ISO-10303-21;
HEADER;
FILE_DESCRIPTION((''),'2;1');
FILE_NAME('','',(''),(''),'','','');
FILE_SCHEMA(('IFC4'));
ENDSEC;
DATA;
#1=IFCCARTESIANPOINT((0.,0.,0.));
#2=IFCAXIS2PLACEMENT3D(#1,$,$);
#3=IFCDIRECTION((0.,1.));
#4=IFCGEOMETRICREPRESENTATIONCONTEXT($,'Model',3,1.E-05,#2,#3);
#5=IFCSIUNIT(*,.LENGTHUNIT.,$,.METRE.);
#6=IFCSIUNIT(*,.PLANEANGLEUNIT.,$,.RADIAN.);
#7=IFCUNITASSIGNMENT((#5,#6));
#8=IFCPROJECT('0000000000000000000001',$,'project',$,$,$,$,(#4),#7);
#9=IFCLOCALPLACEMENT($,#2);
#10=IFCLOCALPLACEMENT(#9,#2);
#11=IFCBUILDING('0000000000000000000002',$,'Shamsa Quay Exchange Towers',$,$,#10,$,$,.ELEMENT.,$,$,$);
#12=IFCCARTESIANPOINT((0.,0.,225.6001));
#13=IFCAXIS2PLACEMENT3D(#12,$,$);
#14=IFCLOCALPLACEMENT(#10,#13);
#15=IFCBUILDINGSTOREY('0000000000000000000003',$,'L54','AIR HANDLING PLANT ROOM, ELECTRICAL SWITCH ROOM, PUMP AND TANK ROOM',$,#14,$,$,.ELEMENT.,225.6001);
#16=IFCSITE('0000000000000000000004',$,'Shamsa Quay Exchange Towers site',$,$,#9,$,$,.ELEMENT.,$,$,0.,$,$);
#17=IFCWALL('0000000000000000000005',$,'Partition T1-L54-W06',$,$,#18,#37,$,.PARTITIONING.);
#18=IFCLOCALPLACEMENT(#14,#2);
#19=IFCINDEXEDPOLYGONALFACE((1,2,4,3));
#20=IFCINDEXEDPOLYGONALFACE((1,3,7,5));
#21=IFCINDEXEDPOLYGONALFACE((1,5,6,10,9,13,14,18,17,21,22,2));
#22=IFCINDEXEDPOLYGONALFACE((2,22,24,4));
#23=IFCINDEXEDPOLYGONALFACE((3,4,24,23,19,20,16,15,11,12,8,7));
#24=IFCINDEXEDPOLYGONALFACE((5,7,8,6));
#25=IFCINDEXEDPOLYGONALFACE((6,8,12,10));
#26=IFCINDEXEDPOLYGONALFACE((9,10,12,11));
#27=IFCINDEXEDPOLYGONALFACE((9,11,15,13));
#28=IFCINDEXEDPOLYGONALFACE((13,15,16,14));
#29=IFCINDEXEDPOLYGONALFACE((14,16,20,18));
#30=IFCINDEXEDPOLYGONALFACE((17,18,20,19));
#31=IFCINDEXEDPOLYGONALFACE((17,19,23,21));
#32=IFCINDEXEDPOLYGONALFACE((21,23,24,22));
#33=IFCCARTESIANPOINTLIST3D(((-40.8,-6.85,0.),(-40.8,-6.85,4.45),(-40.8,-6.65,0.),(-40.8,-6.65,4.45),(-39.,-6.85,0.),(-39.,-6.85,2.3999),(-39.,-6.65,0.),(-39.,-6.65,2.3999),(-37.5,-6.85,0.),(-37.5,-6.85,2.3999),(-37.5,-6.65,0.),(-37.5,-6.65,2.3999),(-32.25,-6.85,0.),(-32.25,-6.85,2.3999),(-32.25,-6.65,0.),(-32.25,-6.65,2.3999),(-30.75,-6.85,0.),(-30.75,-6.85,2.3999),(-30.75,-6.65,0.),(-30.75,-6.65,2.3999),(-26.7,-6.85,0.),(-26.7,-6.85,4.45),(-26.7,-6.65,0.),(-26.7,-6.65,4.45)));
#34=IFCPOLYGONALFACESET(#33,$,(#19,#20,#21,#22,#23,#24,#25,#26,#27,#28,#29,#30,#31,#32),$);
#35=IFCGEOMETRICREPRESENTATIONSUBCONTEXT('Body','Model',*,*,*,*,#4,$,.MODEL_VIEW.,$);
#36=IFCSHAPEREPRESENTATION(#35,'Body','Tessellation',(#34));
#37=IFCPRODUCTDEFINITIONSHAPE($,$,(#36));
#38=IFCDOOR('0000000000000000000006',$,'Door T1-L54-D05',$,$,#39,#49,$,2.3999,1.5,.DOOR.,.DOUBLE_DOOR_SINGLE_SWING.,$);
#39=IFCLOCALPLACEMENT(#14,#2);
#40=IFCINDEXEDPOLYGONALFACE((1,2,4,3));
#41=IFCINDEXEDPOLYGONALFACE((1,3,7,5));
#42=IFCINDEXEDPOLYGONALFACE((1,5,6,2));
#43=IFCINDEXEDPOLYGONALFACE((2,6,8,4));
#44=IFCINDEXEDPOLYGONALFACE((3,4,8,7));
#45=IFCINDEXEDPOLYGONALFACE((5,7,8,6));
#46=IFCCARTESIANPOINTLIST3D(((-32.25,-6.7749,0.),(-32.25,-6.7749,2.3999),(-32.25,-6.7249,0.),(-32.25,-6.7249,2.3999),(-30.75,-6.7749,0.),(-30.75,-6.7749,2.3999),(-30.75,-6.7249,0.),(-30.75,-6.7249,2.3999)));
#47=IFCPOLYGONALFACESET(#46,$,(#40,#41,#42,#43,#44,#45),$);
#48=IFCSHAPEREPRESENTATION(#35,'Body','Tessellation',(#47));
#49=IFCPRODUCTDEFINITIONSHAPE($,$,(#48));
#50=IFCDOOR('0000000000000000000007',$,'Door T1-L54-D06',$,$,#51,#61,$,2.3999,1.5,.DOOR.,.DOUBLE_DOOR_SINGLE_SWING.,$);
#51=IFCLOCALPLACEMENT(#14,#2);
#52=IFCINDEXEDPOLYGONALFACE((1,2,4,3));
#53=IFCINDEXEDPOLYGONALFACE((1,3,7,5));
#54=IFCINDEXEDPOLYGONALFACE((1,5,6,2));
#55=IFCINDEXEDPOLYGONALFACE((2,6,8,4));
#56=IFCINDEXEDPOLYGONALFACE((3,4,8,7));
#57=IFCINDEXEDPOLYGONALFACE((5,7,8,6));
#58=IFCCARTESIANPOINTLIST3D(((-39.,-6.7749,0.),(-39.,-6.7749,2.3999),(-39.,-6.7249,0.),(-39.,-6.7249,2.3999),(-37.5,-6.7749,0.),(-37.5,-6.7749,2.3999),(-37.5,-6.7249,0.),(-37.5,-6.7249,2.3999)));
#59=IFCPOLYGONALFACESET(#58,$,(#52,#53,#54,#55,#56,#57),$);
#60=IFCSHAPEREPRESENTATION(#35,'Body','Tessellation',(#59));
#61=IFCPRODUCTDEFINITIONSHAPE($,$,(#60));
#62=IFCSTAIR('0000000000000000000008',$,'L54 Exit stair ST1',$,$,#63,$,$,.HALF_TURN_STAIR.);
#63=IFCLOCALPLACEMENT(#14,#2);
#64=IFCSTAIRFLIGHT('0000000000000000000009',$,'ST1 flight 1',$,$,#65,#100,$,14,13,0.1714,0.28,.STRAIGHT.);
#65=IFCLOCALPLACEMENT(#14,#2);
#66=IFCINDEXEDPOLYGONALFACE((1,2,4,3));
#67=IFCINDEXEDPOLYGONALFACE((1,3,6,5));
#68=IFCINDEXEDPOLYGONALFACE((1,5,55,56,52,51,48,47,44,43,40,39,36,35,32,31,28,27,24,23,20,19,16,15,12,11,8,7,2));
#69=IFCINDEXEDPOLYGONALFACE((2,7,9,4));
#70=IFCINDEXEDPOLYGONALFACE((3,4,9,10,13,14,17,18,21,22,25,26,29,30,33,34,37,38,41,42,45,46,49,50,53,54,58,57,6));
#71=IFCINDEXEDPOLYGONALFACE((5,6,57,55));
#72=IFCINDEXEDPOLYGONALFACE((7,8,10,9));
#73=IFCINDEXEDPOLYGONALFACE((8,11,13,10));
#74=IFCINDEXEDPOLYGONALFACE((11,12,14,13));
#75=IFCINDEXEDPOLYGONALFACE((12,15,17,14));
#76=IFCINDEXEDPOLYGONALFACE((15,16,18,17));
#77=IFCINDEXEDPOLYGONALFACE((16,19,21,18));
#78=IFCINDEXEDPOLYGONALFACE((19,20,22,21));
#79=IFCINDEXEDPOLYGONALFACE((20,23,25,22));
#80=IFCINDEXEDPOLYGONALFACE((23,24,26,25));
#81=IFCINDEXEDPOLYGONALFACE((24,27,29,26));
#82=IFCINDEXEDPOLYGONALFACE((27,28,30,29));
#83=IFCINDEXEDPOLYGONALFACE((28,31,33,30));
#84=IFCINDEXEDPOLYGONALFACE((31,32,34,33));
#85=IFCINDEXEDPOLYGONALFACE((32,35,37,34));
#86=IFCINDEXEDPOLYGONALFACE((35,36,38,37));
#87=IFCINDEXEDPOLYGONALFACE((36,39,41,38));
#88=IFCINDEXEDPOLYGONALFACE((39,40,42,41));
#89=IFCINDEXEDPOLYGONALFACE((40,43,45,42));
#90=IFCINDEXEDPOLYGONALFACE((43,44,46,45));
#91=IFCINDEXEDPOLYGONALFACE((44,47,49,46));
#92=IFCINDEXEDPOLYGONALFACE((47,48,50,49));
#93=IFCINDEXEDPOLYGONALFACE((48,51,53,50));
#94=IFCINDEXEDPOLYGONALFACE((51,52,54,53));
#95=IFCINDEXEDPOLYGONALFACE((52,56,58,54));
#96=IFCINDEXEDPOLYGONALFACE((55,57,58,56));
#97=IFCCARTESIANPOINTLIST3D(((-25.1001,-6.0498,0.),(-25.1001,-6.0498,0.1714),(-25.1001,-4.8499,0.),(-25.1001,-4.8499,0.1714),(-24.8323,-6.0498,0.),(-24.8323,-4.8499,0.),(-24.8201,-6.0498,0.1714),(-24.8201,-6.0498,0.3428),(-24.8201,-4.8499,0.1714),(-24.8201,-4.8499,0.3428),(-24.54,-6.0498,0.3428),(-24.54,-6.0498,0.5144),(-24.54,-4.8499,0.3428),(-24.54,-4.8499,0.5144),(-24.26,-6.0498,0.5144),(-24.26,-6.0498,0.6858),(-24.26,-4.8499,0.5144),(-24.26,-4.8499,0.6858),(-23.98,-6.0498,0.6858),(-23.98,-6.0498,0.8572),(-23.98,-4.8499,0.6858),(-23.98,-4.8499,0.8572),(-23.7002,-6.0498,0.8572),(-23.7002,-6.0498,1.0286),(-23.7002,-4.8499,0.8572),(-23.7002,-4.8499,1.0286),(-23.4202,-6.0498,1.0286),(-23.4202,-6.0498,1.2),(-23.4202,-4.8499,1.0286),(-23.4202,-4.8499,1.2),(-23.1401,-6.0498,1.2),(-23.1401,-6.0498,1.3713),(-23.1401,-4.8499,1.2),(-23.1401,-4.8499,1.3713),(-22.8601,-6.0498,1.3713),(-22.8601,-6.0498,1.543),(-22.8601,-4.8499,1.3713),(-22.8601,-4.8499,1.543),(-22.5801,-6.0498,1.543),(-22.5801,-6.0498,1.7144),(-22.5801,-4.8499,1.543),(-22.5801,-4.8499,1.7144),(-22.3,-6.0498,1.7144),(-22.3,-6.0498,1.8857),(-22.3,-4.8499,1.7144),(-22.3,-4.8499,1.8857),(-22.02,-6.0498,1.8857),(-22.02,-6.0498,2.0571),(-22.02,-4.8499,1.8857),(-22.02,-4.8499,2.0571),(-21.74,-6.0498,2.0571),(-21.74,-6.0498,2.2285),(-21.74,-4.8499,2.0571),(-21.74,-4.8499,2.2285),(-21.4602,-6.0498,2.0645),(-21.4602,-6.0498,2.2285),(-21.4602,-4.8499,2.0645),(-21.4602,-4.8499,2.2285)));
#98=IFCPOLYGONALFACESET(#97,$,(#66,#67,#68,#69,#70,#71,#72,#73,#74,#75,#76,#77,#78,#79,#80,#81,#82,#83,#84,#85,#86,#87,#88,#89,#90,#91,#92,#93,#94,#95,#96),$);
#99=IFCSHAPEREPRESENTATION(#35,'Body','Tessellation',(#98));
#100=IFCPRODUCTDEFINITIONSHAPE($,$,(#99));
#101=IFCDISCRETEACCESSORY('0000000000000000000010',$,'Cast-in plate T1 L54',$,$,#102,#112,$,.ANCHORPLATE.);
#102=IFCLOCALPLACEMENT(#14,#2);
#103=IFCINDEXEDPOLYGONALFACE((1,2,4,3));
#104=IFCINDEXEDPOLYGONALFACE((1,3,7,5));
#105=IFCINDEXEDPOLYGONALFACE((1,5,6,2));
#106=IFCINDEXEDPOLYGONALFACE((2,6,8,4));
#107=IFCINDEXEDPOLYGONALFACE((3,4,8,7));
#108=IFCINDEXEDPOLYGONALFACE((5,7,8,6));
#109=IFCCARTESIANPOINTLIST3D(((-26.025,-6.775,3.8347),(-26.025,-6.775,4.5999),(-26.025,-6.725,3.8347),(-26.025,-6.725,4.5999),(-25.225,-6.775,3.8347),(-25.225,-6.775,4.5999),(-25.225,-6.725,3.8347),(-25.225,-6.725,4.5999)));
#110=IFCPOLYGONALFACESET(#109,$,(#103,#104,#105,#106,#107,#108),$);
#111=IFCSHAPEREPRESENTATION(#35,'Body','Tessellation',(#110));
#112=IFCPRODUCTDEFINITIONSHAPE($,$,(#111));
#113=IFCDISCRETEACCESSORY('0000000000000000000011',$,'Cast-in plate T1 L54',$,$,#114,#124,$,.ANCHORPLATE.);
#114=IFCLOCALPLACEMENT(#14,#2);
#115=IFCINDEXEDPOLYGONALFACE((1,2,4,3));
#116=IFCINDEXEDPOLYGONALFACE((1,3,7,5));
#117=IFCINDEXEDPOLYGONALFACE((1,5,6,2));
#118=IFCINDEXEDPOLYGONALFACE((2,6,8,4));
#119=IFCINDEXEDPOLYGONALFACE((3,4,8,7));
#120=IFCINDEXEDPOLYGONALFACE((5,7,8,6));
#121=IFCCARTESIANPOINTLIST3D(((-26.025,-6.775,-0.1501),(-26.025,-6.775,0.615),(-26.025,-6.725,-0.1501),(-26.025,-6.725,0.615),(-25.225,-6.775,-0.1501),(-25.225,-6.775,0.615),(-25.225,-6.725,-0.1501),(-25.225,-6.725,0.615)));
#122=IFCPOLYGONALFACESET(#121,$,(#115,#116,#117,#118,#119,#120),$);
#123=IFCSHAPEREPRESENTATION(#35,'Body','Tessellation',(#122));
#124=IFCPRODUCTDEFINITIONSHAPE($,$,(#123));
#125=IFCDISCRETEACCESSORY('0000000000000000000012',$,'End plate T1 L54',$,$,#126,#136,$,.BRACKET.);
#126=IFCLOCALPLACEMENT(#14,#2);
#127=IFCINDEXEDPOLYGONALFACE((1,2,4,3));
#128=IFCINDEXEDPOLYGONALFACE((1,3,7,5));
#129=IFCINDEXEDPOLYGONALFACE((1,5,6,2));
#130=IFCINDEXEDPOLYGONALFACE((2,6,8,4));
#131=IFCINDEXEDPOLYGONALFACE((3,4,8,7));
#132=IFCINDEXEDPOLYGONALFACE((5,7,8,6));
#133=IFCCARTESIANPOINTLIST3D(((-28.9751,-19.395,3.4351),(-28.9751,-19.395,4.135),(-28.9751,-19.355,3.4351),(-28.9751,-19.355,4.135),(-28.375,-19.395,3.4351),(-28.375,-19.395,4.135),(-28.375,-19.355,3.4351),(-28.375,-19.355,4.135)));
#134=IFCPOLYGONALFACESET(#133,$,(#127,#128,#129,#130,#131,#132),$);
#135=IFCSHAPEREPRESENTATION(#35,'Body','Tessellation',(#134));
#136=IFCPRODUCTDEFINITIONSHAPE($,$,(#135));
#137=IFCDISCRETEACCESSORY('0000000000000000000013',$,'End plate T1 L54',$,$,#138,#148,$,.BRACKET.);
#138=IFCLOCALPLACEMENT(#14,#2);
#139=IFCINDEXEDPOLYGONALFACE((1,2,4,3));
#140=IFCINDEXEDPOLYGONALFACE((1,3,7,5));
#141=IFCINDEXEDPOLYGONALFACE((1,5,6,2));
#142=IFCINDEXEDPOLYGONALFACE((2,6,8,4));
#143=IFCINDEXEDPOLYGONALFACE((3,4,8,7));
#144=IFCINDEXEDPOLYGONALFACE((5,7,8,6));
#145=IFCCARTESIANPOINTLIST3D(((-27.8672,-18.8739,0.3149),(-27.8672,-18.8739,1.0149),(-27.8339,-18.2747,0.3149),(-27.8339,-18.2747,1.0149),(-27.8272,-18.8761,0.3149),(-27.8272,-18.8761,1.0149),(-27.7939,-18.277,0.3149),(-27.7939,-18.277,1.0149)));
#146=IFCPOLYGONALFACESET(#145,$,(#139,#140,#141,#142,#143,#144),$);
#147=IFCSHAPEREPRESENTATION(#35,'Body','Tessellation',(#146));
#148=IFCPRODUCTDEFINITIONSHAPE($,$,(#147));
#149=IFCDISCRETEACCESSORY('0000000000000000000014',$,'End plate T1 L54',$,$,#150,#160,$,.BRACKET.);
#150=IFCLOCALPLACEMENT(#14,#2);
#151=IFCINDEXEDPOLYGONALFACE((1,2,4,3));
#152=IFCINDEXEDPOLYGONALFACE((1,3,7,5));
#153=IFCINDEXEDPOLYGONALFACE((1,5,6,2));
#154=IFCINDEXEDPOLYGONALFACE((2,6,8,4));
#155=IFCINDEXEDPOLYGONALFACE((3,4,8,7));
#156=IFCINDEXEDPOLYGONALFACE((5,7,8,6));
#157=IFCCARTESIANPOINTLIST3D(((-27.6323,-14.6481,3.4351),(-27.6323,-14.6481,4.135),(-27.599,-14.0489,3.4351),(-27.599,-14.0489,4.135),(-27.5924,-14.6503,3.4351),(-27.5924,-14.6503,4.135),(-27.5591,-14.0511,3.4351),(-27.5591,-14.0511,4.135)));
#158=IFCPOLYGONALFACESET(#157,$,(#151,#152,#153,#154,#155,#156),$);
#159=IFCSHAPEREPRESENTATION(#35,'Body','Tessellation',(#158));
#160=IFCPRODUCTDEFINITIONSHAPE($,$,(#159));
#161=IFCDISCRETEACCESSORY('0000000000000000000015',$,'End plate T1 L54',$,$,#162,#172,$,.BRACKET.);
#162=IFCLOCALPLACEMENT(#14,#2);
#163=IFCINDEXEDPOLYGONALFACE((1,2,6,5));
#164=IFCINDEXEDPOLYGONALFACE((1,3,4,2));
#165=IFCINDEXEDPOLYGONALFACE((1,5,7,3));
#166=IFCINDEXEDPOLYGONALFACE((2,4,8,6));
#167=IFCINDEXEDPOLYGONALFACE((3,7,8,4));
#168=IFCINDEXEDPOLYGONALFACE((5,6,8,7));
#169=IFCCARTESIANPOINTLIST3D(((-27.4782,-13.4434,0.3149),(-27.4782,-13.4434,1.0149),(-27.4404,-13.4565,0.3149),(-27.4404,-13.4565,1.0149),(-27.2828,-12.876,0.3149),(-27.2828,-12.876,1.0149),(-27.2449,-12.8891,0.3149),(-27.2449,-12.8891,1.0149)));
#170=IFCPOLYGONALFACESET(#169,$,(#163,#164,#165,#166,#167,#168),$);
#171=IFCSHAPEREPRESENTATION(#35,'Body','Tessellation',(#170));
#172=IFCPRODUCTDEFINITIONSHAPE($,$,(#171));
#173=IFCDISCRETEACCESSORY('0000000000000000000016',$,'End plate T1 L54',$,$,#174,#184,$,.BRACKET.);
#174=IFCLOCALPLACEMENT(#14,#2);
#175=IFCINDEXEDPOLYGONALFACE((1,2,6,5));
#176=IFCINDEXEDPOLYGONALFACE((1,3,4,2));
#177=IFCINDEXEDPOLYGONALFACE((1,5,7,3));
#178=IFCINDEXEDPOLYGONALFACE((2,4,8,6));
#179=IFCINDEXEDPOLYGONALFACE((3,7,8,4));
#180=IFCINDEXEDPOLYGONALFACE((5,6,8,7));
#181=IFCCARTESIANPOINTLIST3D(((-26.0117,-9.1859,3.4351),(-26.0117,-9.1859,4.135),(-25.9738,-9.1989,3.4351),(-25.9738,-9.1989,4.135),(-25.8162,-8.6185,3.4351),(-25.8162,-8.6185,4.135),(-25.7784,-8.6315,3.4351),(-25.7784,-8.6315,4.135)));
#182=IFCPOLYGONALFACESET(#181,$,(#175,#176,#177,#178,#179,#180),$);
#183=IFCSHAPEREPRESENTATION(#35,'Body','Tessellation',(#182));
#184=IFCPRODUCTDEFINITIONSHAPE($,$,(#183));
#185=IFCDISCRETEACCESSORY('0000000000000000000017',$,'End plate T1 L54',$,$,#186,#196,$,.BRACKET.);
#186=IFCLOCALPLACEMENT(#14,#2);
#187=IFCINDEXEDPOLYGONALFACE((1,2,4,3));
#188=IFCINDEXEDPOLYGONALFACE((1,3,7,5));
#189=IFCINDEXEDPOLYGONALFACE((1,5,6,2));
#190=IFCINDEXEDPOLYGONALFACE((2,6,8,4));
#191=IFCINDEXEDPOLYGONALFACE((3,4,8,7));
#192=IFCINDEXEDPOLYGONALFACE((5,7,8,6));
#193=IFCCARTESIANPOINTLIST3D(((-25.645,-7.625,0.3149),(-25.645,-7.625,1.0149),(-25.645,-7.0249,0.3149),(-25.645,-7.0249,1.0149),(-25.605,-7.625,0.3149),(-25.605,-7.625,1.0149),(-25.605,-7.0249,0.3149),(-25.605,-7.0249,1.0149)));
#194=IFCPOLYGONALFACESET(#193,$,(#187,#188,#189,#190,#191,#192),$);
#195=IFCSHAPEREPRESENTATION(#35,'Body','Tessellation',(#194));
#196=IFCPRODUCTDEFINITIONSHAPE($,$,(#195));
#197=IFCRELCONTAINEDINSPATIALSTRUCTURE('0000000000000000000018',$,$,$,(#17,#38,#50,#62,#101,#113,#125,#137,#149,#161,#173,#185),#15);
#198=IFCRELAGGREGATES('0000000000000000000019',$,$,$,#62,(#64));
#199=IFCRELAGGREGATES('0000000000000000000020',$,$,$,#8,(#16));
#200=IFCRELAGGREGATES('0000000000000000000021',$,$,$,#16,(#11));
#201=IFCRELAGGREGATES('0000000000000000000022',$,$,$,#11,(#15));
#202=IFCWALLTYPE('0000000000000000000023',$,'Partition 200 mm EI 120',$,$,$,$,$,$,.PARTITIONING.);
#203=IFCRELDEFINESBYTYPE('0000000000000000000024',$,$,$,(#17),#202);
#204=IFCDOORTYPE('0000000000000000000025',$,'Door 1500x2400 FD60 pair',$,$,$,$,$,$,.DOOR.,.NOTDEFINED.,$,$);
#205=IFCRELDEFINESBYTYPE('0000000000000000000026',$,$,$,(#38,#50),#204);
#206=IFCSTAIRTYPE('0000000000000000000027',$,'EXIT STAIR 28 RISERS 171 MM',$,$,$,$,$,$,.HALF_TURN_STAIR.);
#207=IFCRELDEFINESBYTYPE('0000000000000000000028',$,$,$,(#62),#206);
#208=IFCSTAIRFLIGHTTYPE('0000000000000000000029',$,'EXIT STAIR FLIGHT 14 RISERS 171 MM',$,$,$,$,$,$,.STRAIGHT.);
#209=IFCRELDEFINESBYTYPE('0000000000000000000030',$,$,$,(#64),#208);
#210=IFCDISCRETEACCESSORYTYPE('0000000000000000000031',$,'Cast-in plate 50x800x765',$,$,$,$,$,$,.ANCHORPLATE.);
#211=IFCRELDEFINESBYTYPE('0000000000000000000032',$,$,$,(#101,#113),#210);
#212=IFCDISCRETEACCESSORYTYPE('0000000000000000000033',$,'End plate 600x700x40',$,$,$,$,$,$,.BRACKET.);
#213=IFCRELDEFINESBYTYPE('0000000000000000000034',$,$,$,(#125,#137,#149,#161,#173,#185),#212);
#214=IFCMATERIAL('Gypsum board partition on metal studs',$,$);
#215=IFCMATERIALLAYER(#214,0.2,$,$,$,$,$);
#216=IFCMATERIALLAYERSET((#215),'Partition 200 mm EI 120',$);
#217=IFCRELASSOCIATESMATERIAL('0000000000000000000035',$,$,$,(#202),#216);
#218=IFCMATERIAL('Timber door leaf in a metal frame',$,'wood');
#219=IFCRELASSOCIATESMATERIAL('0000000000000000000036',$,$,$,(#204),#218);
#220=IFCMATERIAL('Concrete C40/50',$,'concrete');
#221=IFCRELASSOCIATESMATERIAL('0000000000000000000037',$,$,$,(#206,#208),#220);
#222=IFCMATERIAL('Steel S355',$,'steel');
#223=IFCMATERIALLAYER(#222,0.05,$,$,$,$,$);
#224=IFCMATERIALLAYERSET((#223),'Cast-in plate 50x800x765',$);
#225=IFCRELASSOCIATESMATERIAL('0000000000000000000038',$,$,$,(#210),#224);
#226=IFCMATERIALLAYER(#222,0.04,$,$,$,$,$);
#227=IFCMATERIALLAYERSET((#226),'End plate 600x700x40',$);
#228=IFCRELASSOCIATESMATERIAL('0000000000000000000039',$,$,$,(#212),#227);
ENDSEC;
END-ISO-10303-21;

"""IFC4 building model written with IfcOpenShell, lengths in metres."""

from ifc_helpers import new_model, si_unit, direction, frame, frame_2d, origin, origin_2d, place, context, subcontext, project, spatial, polyline, rectangle, outline, extrude, material, layer, layer_set, type_object, element, fill, aggregate, save


model = new_model("IFC4")

# Units and contexts
model_context = context("Model", 3, precision=1e-05, world=origin(), true_north=direction((0.0, 1.0)))
body_context = subcontext(model_context, "Body", "Model", "MODEL_VIEW")
ifc_project = project(units=[si_unit("LENGTHUNIT", "METRE"), si_unit("PLANEANGLEUNIT", "RADIAN")], contexts=[model_context])

# Site, building, storey
site_placement = place(None, origin())
site = spatial("IfcSite", under=ifc_project, at=site_placement, Name="Shamsa Quay Exchange Towers site", CompositionType="ELEMENT", RefElevation=0.0)
building_placement = place(site_placement, origin())
building = spatial("IfcBuilding", under=site, at=building_placement, Name="Shamsa Quay Exchange Towers", CompositionType="ELEMENT")
storey_placement = place(building_placement, frame((0.0, 0.0, 225.6001)))
storey = spatial("IfcBuildingStorey", under=building, at=storey_placement, Name="L54", Description="AIR HANDLING PLANT ROOM, ELECTRICAL SWITCH ROOM, PUMP AND TANK ROOM", CompositionType="ELEMENT", Elevation=225.6001)

# Shared definitions
ifc_material_1 = material(Name="Steel S355", Category="steel")

# Shared definitions
ifc_material_2 = material(Name="Gypsum board partition on metal studs")
ifc_layer_1 = layer(ifc_material_2, 0.2)
ifc_layer_set_1 = layer_set([ifc_layer_1], Name="Partition 200 mm EI 120")
wall_type_1 = type_object("IfcWallType", Name="Partition 200 mm EI 120", PredefinedType="PARTITIONING", material=ifc_layer_set_1)
ifc_material_3 = material(Name="Timber door leaf in a metal frame", Category="wood")
door_type = type_object("IfcDoorType", Name="Door 1500x2400 FD60 pair", OperationType="NOTDEFINED", PredefinedType="DOOR", material=ifc_material_3)

# Wall, openings, doors
wall_1_placement = place(storey_placement, frame((-26.7, -6.75, 0.0), z_axis=(0.0, 0.0, 1.0), x_axis=(-1.0, 0.0, 0.0)))
wall_1 = element("IfcWall", 1, at=wall_1_placement, inside=storey, type_object=wall_type_1, Name="Partition T1-L54-W06", PredefinedType="PARTITIONING", context=body_context, shape_type="SweptSolid", body=[
    extrude(rectangle(XDim=14.1001, YDim=0.2, at=frame_2d((7.05, 0.0))), origin(), (0.0, 0.0, 1.0), 4.45),
])
opening_1_placement = place(wall_1_placement, frame((4.05, 0.0, 0.0)))
opening_1 = element("IfcOpeningElement", 2, at=opening_1_placement, cuts=wall_1, PredefinedType="OPENING", context=body_context, shape_type="SweptSolid", body=[
    extrude(rectangle(XDim=1.5, YDim=2.3999, at=frame_2d((0.75, 1.2))), frame((0.0, 0.1099, 0.0), z_axis=(0.0, -1.0, 0.0), x_axis=(1.0, 0.0, 0.0)), (0.0, 0.0, 1.0), 0.22),
])
opening_2_placement = place(wall_1_placement, frame((10.8, 0.0, 0.0)))
opening_2 = element("IfcOpeningElement", 3, at=opening_2_placement, cuts=wall_1, PredefinedType="OPENING", context=body_context, shape_type="SweptSolid", body=[
    extrude(rectangle(XDim=1.5, YDim=2.3999, at=frame_2d((0.75, 1.2))), frame((0.0, 0.1099, 0.0), z_axis=(0.0, -1.0, 0.0), x_axis=(1.0, 0.0, 0.0)), (0.0, 0.0, 1.0), 0.22),
])
door_1_placement = place(opening_1_placement, origin())
door_1 = element("IfcDoor", 4, at=door_1_placement, inside=storey, type_object=door_type, Name="Door T1-L54-D05", OperationType="DOUBLE_DOOR_SINGLE_SWING", OverallHeight=2.3999, OverallWidth=1.5, PredefinedType="DOOR", context=body_context, shape_type="SweptSolid", body=[
    extrude(rectangle(XDim=1.5, YDim=2.3999, at=frame_2d((0.75, 1.2))), frame((0.0, 0.0249, 0.0), z_axis=(0.0, -1.0, 0.0), x_axis=(1.0, 0.0, 0.0)), (0.0, 0.0, 1.0), 0.05),
])
fill(opening_1, door_1)
door_2_placement = place(opening_2_placement, origin())
door_2 = element("IfcDoor", 5, at=door_2_placement, inside=storey, type_object=door_type, Name="Door T1-L54-D06", OperationType="DOUBLE_DOOR_SINGLE_SWING", OverallHeight=2.3999, OverallWidth=1.5, PredefinedType="DOOR", context=body_context, shape_type="SweptSolid", body=[
    extrude(rectangle(XDim=1.5, YDim=2.3999, at=frame_2d((0.75, 1.2))), frame((0.0, 0.0249, 0.0), z_axis=(0.0, -1.0, 0.0), x_axis=(1.0, 0.0, 0.0)), (0.0, 0.0, 1.0), 0.05),
])
fill(opening_2, door_2)

# Stair, stair flight
ifc_material_4 = material(Name="Concrete C40/50", Category="concrete")
stair_type = type_object("IfcStairType", Name="EXIT STAIR 28 RISERS 171 MM", PredefinedType="HALF_TURN_STAIR", material=ifc_material_4)
stair_placement = place(storey_placement, origin())
stair = element("IfcStair", 6, at=stair_placement, inside=storey, type_object=stair_type, Name="L54 Exit stair ST1", PredefinedType="HALF_TURN_STAIR")
stair_flight_type = type_object("IfcStairFlightType", Name="EXIT STAIR FLIGHT 14 RISERS 171 MM", PredefinedType="STRAIGHT", material=ifc_material_4)
stair_flight_placement = place(storey_placement, frame((-25.1001, -5.45, 0.0)))
stair_flight = element("IfcStairFlight", 7, at=stair_flight_placement, type_object=stair_flight_type, Name="ST1 flight 1", NumberOfRisers=14, NumberOfTreads=13, PredefinedType="STRAIGHT", RiserHeight=0.1714, TreadLength=0.28, context=body_context, shape_type="SweptSolid", body=[
    extrude(outline(polyline([(0.0, 0.0), (0.0, 0.1714), (0.28, 0.1714), (0.28, 0.3428), (0.5601, 0.3428), (0.5601, 0.5144), (0.8401, 0.5144), (0.8401, 0.6858), (1.1201, 0.6858), (1.1201, 0.8572), (1.3999, 0.8572), (1.3999, 1.0286), (1.6799, 1.0286), (1.6799, 1.2), (1.96, 1.2), (1.96, 1.3713), (2.24, 1.3713), (2.24, 1.543), (2.52, 1.543), (2.52, 1.7144), (2.8, 1.7144), (2.8, 1.8857), (3.0801, 1.8857), (3.0801, 2.0571), (3.3601, 2.0571), (3.3601, 2.2285), (3.6399, 2.2285), (3.6399, 2.3999), (3.6399, 2.0645), (0.2678, 0.0), (0.0, 0.0)])), frame((0.0, 0.6001, 0.0), z_axis=(0.0, -1.0, 0.0), x_axis=(1.0, 0.0, 0.0)), (0.0, 0.0, 1.0), 1.2),
])
aggregate(stair, [stair_flight])

# Discrete accessories
ifc_layer_2 = layer(ifc_material_1, 0.05)
ifc_layer_set_2 = layer_set([ifc_layer_2], Name="Cast-in plate 50x800x765")
discrete_accessory_type_1 = type_object("IfcDiscreteAccessoryType", Name="Cast-in plate 50x800x765", PredefinedType="ANCHORPLATE", material=ifc_layer_set_2)
for number, where, z_axis, x_axis, name in (
    (8, (-25.625, -6.75, 3.8347), (0.0, 0.0, 1.0), (0.0, 1.0, 0.0), "Cast-in plate T1 L54"),
    (9, (-25.625, -6.75, -0.1501), (0.0, 0.0, 1.0), (0.0, 1.0, 0.0), "Cast-in plate T1 L54"),
):
    element("IfcDiscreteAccessory", number, at=place(storey_placement, frame(where, z_axis=z_axis, x_axis=x_axis)), inside=storey, type_object=discrete_accessory_type_1, Name=name, PredefinedType="ANCHORPLATE", context=body_context, shape_type="SweptSolid", body=[
        extrude(rectangle(XDim=0.05, YDim=0.8, at=origin_2d()), origin(), (0.0, 0.0, 1.0), 0.7651),
    ])
ifc_layer_3 = layer(ifc_material_1, 0.04)
ifc_layer_set_3 = layer_set([ifc_layer_3], Name="End plate 600x700x40")
discrete_accessory_type_2 = type_object("IfcDiscreteAccessoryType", Name="End plate 600x700x40", PredefinedType="BRACKET", material=ifc_layer_set_3)
discrete_accessory_1_placement = place(storey_placement, frame((-28.675, -19.375, 3.4351)))
element("IfcDiscreteAccessory", 10, at=discrete_accessory_1_placement, inside=storey, type_object=discrete_accessory_type_2, Name="End plate T1 L54", PredefinedType="BRACKET", context=body_context, shape_type="SweptSolid", body=[
    extrude(rectangle(XDim=0.6001, YDim=0.04, at=origin_2d()), origin(), (0.0, 0.0, 1.0), 0.7),
])
for number, where, z_axis, x_axis, name in (
    (11, (-27.8306, -18.5754, 0.3149), (0.0, 0.0, 1.0), (0.05547, 0.99846, 0.0), "End plate T1 L54"),
    (12, (-27.5957, -14.3496, 3.4351), (0.0, 0.0, 1.0), (0.05547, 0.99846, 0.0), "End plate T1 L54"),
    (13, (-27.3616, -13.1663, 0.3149), (0.0, 0.0, 1.0), (0.325667, 0.945485, 0.0), "End plate T1 L54"),
    (14, (-25.895, -8.9087, 3.4351), (0.0, 0.0, 1.0), (0.325667, 0.945485, 0.0), "End plate T1 L54"),
    (15, (-25.625, -7.325, 0.3149), (0.0, 0.0, 1.0), (0.0, 1.0, 0.0), "End plate T1 L54"),
):
    element("IfcDiscreteAccessory", number, at=place(storey_placement, frame(where, z_axis=z_axis, x_axis=x_axis)), inside=storey, type_object=discrete_accessory_type_2, Name=name, PredefinedType="BRACKET", context=body_context, shape_type="SweptSolid", body=[
        extrude(rectangle(XDim=0.6001, YDim=0.04, at=origin_2d()), origin(), (0.0, 0.0, 1.0), 0.7),
    ])

save(model, "model.ifc")
